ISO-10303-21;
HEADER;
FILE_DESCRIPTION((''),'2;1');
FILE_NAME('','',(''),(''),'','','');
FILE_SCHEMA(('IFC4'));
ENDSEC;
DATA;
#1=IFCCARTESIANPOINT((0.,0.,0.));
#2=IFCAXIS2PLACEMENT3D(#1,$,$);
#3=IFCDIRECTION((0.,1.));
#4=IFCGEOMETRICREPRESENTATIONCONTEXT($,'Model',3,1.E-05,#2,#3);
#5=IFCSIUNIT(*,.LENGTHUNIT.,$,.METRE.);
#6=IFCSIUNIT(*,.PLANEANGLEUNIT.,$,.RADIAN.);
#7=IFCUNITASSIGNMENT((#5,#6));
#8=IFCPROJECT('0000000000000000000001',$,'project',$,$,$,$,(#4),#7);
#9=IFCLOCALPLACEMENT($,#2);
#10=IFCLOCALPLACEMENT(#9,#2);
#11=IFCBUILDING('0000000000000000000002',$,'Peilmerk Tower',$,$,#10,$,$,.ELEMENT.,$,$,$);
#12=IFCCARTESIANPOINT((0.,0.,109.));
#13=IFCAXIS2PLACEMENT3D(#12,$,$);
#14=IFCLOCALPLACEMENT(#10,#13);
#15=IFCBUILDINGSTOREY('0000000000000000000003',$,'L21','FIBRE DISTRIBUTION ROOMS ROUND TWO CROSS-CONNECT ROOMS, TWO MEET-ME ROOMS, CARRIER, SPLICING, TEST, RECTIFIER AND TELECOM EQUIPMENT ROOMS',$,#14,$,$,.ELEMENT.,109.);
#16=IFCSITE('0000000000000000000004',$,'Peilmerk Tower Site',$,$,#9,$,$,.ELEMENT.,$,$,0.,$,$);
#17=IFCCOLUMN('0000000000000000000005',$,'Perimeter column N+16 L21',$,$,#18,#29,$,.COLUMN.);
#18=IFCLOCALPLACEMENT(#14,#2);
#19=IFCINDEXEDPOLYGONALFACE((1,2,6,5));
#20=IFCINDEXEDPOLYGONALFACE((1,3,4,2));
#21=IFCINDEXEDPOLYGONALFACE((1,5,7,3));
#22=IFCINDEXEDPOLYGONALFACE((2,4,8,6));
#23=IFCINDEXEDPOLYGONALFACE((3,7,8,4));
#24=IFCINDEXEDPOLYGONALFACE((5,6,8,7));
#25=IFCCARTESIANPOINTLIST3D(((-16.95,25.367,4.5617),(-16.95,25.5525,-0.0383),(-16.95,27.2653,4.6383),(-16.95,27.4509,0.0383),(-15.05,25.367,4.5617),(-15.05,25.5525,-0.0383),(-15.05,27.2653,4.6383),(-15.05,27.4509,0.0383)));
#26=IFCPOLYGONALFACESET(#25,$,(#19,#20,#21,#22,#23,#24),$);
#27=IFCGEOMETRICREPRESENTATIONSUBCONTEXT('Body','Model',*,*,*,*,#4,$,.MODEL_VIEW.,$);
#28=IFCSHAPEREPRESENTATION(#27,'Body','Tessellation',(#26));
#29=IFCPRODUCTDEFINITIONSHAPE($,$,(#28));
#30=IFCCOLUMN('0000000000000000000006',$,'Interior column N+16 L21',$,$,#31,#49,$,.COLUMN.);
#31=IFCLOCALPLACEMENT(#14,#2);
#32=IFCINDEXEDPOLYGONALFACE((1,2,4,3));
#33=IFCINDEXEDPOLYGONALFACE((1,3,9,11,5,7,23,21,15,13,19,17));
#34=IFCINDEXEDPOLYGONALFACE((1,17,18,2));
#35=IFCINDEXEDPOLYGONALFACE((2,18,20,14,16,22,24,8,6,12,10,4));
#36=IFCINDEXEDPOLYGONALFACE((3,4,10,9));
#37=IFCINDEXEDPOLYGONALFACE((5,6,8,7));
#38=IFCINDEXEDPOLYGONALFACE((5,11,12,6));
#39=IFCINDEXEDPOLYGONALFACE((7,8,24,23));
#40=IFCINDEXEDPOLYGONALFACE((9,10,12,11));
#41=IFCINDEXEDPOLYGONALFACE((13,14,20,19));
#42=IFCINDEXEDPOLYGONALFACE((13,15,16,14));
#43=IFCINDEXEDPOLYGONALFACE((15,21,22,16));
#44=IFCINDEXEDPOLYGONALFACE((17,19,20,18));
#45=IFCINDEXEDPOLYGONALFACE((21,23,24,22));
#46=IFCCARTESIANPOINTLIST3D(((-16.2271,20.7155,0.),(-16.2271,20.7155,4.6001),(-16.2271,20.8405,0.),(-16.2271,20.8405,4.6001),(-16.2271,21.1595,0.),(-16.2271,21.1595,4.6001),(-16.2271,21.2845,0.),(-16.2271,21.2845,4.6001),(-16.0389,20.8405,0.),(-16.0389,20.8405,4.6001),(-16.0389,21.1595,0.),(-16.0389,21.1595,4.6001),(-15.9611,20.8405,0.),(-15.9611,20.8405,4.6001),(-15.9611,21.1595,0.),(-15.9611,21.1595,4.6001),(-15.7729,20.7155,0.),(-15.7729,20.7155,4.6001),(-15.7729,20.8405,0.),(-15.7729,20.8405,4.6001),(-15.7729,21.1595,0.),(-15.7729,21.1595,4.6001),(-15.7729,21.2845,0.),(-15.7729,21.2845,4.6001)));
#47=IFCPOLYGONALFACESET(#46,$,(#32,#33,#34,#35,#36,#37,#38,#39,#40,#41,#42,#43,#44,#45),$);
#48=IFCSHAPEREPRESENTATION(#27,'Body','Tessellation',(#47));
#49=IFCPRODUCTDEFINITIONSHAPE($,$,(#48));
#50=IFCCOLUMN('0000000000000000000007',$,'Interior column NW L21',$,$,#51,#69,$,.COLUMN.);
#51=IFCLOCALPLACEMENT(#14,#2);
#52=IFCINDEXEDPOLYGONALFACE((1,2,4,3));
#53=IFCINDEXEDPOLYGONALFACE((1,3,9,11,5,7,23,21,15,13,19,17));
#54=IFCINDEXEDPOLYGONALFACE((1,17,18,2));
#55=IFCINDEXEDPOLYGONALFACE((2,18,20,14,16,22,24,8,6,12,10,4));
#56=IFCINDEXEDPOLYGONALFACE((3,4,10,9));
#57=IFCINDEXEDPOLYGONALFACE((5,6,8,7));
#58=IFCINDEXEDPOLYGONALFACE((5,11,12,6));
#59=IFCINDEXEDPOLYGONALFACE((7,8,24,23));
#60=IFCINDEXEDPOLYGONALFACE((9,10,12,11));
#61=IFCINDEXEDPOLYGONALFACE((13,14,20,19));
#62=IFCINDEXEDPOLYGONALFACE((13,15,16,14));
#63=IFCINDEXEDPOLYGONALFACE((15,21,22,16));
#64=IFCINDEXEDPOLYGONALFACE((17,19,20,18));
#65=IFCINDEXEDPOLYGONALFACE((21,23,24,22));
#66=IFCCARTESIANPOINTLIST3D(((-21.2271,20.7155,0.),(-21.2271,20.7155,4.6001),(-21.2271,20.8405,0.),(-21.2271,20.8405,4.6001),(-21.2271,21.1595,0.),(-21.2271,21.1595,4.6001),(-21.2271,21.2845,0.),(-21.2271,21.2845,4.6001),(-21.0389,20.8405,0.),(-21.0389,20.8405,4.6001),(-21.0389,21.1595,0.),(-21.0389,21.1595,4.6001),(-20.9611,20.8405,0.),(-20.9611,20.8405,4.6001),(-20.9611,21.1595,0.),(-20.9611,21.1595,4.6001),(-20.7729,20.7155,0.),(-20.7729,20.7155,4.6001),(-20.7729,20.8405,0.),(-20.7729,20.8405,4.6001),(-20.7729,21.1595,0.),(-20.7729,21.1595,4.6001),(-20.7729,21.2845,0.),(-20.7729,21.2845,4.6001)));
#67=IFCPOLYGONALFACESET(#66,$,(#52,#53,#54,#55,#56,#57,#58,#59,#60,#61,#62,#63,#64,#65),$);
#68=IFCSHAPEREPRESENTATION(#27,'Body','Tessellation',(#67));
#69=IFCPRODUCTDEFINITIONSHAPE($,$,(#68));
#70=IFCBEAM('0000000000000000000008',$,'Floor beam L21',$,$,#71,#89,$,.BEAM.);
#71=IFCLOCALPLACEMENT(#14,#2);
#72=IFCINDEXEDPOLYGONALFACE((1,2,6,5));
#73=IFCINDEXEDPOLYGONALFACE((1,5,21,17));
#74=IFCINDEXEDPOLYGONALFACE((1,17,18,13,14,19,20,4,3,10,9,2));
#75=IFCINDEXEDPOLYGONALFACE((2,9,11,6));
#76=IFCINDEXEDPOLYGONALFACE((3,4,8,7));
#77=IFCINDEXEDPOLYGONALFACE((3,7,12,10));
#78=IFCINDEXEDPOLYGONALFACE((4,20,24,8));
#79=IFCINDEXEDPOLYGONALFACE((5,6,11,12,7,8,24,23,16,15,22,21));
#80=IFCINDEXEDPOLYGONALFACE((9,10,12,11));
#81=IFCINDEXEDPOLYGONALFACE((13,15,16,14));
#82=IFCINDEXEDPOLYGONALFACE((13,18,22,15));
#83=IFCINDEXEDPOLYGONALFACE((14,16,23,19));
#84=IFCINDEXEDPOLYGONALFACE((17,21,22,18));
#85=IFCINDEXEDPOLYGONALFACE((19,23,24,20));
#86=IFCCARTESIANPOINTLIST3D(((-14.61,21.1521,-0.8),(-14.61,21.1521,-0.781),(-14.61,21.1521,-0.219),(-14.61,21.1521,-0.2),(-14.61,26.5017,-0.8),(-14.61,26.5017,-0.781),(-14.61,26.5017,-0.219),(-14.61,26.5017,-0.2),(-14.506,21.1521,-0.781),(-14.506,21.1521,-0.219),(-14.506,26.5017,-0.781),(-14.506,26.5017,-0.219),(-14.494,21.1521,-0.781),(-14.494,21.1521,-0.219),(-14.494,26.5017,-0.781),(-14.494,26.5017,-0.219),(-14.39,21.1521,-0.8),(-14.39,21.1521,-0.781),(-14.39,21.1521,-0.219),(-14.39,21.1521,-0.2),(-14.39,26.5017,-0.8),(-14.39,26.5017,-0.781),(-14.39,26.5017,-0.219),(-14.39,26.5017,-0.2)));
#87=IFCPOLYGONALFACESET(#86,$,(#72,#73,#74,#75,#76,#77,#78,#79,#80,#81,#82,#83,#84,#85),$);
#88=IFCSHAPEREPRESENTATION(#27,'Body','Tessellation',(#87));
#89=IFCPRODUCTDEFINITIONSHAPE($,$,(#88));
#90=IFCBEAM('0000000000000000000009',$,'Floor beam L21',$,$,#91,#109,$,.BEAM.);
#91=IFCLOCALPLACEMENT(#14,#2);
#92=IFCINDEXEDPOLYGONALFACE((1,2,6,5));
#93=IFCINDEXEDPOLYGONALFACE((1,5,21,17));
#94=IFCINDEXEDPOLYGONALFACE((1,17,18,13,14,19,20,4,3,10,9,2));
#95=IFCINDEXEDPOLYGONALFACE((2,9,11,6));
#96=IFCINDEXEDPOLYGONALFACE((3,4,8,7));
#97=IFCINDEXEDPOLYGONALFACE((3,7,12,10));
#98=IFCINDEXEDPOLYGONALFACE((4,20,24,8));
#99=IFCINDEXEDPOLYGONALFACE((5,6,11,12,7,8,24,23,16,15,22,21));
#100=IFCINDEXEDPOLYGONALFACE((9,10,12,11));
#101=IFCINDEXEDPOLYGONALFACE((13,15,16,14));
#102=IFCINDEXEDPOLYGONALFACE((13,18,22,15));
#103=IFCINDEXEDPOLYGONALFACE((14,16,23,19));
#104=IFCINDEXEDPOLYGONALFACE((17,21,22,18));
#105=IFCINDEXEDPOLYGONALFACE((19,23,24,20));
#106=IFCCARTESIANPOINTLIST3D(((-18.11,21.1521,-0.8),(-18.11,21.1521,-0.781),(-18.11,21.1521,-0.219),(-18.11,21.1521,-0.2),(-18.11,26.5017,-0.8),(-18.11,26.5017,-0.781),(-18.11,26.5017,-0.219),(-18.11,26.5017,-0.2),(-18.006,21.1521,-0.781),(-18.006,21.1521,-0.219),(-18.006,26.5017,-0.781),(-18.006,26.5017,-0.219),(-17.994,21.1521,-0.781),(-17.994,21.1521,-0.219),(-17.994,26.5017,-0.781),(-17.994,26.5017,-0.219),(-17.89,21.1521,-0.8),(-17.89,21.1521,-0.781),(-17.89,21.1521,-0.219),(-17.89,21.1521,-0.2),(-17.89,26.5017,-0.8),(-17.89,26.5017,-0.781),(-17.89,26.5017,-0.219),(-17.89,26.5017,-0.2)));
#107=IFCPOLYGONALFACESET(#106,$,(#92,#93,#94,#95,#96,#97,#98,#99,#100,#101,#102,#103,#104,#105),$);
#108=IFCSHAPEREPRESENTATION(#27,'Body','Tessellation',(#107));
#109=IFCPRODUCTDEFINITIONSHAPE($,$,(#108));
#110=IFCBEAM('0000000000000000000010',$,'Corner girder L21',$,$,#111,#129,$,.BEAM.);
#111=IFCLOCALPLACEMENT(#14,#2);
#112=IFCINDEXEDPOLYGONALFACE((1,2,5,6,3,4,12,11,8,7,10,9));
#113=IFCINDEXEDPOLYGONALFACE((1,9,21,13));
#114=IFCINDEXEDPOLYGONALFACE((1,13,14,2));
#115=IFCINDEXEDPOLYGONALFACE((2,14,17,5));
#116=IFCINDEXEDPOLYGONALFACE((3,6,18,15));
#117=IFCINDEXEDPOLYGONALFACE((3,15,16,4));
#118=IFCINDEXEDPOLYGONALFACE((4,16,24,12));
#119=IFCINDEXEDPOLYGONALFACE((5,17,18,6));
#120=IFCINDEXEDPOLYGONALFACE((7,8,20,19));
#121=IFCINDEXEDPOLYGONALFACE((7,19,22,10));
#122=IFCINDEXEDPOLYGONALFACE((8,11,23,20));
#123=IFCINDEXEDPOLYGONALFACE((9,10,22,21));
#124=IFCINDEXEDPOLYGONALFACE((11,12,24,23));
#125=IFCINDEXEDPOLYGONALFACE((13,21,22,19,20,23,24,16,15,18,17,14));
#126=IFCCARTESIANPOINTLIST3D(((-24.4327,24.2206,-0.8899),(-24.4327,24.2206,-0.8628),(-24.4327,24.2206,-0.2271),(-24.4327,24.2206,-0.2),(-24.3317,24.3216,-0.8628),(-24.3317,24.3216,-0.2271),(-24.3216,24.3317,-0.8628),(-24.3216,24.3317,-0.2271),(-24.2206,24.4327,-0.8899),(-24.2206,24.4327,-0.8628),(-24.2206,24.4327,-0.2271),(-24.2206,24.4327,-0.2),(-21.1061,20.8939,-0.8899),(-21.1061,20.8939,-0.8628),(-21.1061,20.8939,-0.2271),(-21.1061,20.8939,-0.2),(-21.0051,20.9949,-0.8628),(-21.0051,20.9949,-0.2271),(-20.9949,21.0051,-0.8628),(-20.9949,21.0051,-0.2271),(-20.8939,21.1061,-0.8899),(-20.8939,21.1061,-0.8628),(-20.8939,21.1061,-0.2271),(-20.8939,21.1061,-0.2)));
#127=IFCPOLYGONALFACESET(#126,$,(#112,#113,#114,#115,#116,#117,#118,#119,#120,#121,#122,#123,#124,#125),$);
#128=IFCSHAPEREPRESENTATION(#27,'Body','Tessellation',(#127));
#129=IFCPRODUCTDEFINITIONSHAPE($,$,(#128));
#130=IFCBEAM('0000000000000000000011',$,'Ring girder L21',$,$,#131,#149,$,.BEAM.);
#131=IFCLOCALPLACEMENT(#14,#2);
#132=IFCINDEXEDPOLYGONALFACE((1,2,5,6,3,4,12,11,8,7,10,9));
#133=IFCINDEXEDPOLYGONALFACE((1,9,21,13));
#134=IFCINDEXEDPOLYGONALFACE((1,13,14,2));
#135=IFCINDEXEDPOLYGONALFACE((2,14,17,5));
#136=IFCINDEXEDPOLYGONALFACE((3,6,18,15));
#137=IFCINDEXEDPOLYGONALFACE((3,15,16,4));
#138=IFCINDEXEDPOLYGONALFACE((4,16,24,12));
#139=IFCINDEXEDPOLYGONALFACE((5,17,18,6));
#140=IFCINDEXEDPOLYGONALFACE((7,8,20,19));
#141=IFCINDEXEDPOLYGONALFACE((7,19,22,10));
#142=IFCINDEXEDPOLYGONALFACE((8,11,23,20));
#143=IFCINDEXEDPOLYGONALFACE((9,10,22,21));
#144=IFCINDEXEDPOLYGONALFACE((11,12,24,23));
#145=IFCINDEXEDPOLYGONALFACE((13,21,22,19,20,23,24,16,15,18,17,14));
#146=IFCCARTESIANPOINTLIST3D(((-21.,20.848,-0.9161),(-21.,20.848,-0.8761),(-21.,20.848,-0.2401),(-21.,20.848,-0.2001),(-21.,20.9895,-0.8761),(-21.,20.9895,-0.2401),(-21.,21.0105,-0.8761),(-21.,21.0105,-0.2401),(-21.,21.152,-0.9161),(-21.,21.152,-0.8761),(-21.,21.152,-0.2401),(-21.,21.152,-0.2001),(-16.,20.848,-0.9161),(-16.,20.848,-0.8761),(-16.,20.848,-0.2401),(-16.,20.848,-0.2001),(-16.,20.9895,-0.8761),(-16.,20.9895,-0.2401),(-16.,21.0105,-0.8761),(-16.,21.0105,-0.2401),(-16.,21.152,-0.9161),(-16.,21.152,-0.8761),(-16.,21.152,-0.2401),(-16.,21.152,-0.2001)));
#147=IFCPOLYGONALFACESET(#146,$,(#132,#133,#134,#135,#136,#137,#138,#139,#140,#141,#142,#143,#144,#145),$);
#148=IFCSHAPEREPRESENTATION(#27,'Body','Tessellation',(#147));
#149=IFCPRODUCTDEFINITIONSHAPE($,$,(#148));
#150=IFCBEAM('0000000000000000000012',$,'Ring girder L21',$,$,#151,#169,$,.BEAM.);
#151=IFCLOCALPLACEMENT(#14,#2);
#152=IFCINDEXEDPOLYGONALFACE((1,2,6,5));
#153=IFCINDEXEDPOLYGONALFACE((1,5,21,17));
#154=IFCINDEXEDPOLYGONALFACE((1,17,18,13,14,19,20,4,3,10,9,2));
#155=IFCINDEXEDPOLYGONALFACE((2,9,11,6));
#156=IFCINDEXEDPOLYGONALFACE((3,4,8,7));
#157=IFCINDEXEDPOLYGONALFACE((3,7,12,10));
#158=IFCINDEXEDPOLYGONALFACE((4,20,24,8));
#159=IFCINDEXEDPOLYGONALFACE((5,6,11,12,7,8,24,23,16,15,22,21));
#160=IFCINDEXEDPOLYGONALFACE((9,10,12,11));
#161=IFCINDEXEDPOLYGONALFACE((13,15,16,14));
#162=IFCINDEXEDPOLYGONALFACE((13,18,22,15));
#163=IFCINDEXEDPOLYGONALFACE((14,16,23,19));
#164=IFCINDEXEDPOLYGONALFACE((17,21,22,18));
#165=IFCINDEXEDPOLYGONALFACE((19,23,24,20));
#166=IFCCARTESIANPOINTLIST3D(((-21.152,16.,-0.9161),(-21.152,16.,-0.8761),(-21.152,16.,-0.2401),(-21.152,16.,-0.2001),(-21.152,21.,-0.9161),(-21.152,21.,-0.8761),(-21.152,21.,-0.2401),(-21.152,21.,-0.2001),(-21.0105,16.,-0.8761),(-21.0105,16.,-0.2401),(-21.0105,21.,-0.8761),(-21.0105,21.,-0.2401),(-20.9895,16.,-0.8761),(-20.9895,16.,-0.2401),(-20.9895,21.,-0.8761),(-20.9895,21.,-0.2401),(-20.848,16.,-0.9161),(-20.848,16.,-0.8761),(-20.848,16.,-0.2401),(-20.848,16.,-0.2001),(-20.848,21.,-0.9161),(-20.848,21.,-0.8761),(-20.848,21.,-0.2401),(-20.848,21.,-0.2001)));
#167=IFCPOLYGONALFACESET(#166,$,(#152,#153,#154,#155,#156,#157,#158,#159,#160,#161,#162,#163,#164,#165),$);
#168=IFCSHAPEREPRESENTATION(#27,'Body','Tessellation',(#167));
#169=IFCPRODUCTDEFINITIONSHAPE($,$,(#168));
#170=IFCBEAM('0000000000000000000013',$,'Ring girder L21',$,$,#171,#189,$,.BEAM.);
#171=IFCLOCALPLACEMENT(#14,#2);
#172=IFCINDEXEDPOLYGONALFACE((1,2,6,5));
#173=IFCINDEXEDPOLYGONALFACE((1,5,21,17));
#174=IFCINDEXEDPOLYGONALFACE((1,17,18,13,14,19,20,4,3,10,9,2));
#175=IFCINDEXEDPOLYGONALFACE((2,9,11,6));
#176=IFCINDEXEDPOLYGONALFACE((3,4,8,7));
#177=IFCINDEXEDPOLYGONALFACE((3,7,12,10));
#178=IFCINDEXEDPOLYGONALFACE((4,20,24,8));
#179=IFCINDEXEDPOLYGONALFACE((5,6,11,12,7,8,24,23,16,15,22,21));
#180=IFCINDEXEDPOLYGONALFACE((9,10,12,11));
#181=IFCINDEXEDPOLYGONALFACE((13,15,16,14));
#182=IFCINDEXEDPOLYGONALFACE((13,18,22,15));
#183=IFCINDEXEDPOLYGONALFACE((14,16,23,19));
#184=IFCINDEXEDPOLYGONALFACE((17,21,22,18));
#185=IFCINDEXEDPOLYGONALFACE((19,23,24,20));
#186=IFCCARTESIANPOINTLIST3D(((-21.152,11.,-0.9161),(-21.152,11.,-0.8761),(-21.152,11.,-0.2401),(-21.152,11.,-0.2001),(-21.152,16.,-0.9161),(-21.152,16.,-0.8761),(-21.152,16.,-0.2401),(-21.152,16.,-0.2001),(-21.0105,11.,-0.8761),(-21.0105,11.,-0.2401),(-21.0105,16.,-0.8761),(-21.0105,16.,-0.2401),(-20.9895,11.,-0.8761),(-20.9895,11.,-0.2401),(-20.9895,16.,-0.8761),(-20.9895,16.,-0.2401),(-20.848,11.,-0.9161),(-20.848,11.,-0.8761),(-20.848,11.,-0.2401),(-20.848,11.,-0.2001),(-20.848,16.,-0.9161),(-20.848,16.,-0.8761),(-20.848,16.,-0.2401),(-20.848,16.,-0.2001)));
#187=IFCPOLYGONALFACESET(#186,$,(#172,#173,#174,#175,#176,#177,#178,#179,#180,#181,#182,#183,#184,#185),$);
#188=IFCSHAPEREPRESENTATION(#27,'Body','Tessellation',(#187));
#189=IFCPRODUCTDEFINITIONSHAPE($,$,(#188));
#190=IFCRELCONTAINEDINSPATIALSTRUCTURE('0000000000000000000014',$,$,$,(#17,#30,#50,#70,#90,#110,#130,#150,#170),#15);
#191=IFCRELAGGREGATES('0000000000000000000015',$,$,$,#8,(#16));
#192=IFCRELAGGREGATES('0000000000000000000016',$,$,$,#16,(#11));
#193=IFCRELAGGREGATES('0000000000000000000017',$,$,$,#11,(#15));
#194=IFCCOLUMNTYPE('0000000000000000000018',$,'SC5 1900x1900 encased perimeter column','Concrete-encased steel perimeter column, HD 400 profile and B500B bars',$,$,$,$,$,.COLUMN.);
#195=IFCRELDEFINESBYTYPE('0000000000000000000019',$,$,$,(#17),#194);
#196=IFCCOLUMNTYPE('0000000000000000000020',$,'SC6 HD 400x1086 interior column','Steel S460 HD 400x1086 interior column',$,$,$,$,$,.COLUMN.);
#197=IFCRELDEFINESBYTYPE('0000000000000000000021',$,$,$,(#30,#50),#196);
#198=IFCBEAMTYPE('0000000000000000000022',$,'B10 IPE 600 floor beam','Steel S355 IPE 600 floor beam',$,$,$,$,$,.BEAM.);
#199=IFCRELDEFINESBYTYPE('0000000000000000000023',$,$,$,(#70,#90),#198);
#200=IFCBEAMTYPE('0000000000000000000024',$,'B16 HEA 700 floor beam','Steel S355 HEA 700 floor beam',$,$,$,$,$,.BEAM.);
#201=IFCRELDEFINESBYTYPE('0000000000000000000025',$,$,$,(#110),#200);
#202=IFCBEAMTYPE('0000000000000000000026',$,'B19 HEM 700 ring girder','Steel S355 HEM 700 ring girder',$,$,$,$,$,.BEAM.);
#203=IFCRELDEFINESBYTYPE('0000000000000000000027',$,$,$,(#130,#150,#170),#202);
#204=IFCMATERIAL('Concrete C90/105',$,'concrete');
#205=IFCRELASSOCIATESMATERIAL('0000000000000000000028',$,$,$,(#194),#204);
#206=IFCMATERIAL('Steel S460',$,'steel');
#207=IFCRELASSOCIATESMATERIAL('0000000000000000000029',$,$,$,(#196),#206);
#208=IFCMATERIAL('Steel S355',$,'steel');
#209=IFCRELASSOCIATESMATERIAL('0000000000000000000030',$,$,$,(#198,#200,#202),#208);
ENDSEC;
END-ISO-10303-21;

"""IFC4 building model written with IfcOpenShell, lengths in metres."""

from ifc_helpers import new_model, si_unit, direction, frame, origin, origin_2d, place, context, subcontext, project, spatial, rectangle, i_section, extrude, material, material_profile, profile_set, type_object, element, save


model = new_model("IFC4")

# Units and contexts
model_context = context("Model", 3, precision=1e-05, world=origin(), true_north=direction((0.0, 1.0)))
body_context = subcontext(model_context, "Body", "Model", "MODEL_VIEW")
ifc_project = project(units=[si_unit("LENGTHUNIT", "METRE"), si_unit("PLANEANGLEUNIT", "RADIAN")], contexts=[model_context])

# Site, building, storey
site_placement = place(None, origin())
site = spatial("IfcSite", under=ifc_project, at=site_placement, Name="Peilmerk Tower Site", CompositionType="ELEMENT", RefElevation=0.0)
building_placement = place(site_placement, origin())
building = spatial("IfcBuilding", under=site, at=building_placement, Name="Peilmerk Tower", CompositionType="ELEMENT")
storey_placement = place(building_placement, frame((0.0, 0.0, 109.0)))
storey = spatial("IfcBuildingStorey", under=building, at=storey_placement, Name="L21", Description="FIBRE DISTRIBUTION ROOMS ROUND TWO CROSS-CONNECT ROOMS, TWO MEET-ME ROOMS, CARRIER, SPLICING, TEST, RECTIFIER AND TELECOM EQUIPMENT ROOMS", CompositionType="ELEMENT", Elevation=109.0)

# Columns
ifc_material_1 = material(Name="Concrete C90/105", Category="concrete")
ifc_material_profile_1 = material_profile(ifc_material_1, rectangle(XDim=1.8999, YDim=1.8999, at=origin_2d()), Name="RC 1900x1900")
ifc_profile_set_1 = profile_set([ifc_material_profile_1], Name="Concrete C90/105")
column_type_1 = type_object("IfcColumnType", Name="SC5 1900x1900 encased perimeter column", Description="Concrete-encased steel perimeter column, HD 400 profile and B500B bars", PredefinedType="COLUMN", material=ifc_profile_set_1)
column_placement = place(storey_placement, frame((-16.0, 26.5017, 0.0), z_axis=(0.0, -0.040303, 0.999188), x_axis=(1.0, 0.0, 0.0)))
element("IfcColumn", 1, at=column_placement, inside=storey, type_object=column_type_1, Name="Perimeter column N+16 L21", PredefinedType="COLUMN", context=body_context, shape_type="SweptSolid", body=[
    extrude(rectangle(XDim=1.8999, YDim=1.8999, at=origin_2d()), origin(), (0.0, 0.0, 1.0), 4.6038),
])
ifc_material_2 = material(Name="Steel S460", Category="steel")
ifc_material_profile_2 = material_profile(ifc_material_2, i_section(OverallWidth=0.4541, OverallDepth=0.5691, WebThickness=0.0779, FlangeThickness=0.125, at=origin_2d()), Name="HD 400x1086")
ifc_profile_set_2 = profile_set([ifc_material_profile_2], Name="Steel S460")
column_type_2 = type_object("IfcColumnType", Name="SC6 HD 400x1086 interior column", Description="Steel S460 HD 400x1086 interior column", PredefinedType="COLUMN", material=ifc_profile_set_2)
for number, where, z_axis, x_axis, name in (
    (2, (-16.0, 21.0, 0.0), (0.0, 0.0, 1.0), (1.0, 0.0, 0.0), "Interior column N+16 L21"),
    (3, (-21.0, 21.0, 0.0), (0.0, 0.0, 1.0), (1.0, 0.0, 0.0), "Interior column NW L21"),
):
    element("IfcColumn", number, at=place(storey_placement, frame(where, z_axis=z_axis, x_axis=x_axis)), inside=storey, type_object=column_type_2, Name=name, PredefinedType="COLUMN", context=body_context, shape_type="SweptSolid", body=[
        extrude(i_section(OverallWidth=0.4541, OverallDepth=0.5691, WebThickness=0.0779, FlangeThickness=0.125, at=origin_2d()), origin(), (0.0, 0.0, 1.0), 4.6001),
    ])

# Beams
ifc_material_3 = material(Name="Steel S355", Category="steel")
ifc_material_profile_3 = material_profile(ifc_material_3, i_section(OverallWidth=0.22, OverallDepth=0.6001, WebThickness=0.012, FlangeThickness=0.019, at=origin_2d()), Name="IPE 600")
ifc_profile_set_3 = profile_set([ifc_material_profile_3], Name="Steel S355")
beam_type_1 = type_object("IfcBeamType", Name="B10 IPE 600 floor beam", Description="Steel S355 IPE 600 floor beam", PredefinedType="BEAM", material=ifc_profile_set_3)
for number, where, z_axis, x_axis, name in (
    (4, (-14.5, 21.1521, -0.5), (0.0, 1.0, 0.0), (-1.0, 0.0, 0.0), "Floor beam L21"),
    (5, (-18.0, 21.1521, -0.5), (0.0, 1.0, 0.0), (-1.0, 0.0, 0.0), "Floor beam L21"),
):
    element("IfcBeam", number, at=place(storey_placement, frame(where, z_axis=z_axis, x_axis=x_axis)), inside=storey, type_object=beam_type_1, Name=name, PredefinedType="BEAM", context=body_context, shape_type="SweptSolid", body=[
        extrude(i_section(OverallWidth=0.22, OverallDepth=0.6001, WebThickness=0.012, FlangeThickness=0.019, at=origin_2d()), origin(), (0.0, 0.0, 1.0), 5.3496),
    ])
ifc_material_profile_4 = material_profile(ifc_material_3, i_section(OverallWidth=0.3, OverallDepth=0.6899, WebThickness=0.0144, FlangeThickness=0.0271, at=origin_2d()), Name="HEA 700")
ifc_profile_set_4 = profile_set([ifc_material_profile_4], Name="Steel S355")
beam_type_2 = type_object("IfcBeamType", Name="B16 HEA 700 floor beam", Description="Steel S355 HEA 700 floor beam", PredefinedType="BEAM", material=ifc_profile_set_4)
beam_1_placement = place(storey_placement, frame((-21.0, 21.0, -0.5449), z_axis=(-0.707107, 0.707107, 0.0), x_axis=(-0.707107, -0.707107, 0.0)))
element("IfcBeam", 6, at=beam_1_placement, inside=storey, type_object=beam_type_2, Name="Corner girder L21", PredefinedType="BEAM", context=body_context, shape_type="SweptSolid", body=[
    extrude(i_section(OverallWidth=0.3, OverallDepth=0.6899, WebThickness=0.0144, FlangeThickness=0.0271, at=origin_2d()), origin(), (0.0, 0.0, 1.0), 4.7046),
])
ifc_material_profile_5 = material_profile(ifc_material_3, i_section(OverallWidth=0.304, OverallDepth=0.7161, WebThickness=0.021, FlangeThickness=0.04, at=origin_2d()), Name="HEM 700")
ifc_profile_set_5 = profile_set([ifc_material_profile_5], Name="Steel S355")
beam_type_3 = type_object("IfcBeamType", Name="B19 HEM 700 ring girder", Description="Steel S355 HEM 700 ring girder", PredefinedType="BEAM", material=ifc_profile_set_5)
for number, where, z_axis, x_axis, name in (
    (7, (-16.0, 21.0, -0.5581), (-1.0, 0.0, 0.0), (0.0, -1.0, 0.0), "Ring girder L21"),
    (8, (-21.0, 21.0, -0.5581), (0.0, -1.0, 0.0), (1.0, 0.0, 0.0), "Ring girder L21"),
    (9, (-21.0, 16.0, -0.5581), (0.0, -1.0, 0.0), (1.0, 0.0, 0.0), "Ring girder L21"),
):
    element("IfcBeam", number, at=place(storey_placement, frame(where, z_axis=z_axis, x_axis=x_axis)), inside=storey, type_object=beam_type_3, Name=name, PredefinedType="BEAM", context=body_context, shape_type="SweptSolid", body=[
        extrude(i_section(OverallWidth=0.304, OverallDepth=0.7161, WebThickness=0.021, FlangeThickness=0.04, at=origin_2d()), origin(), (0.0, 0.0, 1.0), 5.0),
    ])

save(model, "model.ifc")
